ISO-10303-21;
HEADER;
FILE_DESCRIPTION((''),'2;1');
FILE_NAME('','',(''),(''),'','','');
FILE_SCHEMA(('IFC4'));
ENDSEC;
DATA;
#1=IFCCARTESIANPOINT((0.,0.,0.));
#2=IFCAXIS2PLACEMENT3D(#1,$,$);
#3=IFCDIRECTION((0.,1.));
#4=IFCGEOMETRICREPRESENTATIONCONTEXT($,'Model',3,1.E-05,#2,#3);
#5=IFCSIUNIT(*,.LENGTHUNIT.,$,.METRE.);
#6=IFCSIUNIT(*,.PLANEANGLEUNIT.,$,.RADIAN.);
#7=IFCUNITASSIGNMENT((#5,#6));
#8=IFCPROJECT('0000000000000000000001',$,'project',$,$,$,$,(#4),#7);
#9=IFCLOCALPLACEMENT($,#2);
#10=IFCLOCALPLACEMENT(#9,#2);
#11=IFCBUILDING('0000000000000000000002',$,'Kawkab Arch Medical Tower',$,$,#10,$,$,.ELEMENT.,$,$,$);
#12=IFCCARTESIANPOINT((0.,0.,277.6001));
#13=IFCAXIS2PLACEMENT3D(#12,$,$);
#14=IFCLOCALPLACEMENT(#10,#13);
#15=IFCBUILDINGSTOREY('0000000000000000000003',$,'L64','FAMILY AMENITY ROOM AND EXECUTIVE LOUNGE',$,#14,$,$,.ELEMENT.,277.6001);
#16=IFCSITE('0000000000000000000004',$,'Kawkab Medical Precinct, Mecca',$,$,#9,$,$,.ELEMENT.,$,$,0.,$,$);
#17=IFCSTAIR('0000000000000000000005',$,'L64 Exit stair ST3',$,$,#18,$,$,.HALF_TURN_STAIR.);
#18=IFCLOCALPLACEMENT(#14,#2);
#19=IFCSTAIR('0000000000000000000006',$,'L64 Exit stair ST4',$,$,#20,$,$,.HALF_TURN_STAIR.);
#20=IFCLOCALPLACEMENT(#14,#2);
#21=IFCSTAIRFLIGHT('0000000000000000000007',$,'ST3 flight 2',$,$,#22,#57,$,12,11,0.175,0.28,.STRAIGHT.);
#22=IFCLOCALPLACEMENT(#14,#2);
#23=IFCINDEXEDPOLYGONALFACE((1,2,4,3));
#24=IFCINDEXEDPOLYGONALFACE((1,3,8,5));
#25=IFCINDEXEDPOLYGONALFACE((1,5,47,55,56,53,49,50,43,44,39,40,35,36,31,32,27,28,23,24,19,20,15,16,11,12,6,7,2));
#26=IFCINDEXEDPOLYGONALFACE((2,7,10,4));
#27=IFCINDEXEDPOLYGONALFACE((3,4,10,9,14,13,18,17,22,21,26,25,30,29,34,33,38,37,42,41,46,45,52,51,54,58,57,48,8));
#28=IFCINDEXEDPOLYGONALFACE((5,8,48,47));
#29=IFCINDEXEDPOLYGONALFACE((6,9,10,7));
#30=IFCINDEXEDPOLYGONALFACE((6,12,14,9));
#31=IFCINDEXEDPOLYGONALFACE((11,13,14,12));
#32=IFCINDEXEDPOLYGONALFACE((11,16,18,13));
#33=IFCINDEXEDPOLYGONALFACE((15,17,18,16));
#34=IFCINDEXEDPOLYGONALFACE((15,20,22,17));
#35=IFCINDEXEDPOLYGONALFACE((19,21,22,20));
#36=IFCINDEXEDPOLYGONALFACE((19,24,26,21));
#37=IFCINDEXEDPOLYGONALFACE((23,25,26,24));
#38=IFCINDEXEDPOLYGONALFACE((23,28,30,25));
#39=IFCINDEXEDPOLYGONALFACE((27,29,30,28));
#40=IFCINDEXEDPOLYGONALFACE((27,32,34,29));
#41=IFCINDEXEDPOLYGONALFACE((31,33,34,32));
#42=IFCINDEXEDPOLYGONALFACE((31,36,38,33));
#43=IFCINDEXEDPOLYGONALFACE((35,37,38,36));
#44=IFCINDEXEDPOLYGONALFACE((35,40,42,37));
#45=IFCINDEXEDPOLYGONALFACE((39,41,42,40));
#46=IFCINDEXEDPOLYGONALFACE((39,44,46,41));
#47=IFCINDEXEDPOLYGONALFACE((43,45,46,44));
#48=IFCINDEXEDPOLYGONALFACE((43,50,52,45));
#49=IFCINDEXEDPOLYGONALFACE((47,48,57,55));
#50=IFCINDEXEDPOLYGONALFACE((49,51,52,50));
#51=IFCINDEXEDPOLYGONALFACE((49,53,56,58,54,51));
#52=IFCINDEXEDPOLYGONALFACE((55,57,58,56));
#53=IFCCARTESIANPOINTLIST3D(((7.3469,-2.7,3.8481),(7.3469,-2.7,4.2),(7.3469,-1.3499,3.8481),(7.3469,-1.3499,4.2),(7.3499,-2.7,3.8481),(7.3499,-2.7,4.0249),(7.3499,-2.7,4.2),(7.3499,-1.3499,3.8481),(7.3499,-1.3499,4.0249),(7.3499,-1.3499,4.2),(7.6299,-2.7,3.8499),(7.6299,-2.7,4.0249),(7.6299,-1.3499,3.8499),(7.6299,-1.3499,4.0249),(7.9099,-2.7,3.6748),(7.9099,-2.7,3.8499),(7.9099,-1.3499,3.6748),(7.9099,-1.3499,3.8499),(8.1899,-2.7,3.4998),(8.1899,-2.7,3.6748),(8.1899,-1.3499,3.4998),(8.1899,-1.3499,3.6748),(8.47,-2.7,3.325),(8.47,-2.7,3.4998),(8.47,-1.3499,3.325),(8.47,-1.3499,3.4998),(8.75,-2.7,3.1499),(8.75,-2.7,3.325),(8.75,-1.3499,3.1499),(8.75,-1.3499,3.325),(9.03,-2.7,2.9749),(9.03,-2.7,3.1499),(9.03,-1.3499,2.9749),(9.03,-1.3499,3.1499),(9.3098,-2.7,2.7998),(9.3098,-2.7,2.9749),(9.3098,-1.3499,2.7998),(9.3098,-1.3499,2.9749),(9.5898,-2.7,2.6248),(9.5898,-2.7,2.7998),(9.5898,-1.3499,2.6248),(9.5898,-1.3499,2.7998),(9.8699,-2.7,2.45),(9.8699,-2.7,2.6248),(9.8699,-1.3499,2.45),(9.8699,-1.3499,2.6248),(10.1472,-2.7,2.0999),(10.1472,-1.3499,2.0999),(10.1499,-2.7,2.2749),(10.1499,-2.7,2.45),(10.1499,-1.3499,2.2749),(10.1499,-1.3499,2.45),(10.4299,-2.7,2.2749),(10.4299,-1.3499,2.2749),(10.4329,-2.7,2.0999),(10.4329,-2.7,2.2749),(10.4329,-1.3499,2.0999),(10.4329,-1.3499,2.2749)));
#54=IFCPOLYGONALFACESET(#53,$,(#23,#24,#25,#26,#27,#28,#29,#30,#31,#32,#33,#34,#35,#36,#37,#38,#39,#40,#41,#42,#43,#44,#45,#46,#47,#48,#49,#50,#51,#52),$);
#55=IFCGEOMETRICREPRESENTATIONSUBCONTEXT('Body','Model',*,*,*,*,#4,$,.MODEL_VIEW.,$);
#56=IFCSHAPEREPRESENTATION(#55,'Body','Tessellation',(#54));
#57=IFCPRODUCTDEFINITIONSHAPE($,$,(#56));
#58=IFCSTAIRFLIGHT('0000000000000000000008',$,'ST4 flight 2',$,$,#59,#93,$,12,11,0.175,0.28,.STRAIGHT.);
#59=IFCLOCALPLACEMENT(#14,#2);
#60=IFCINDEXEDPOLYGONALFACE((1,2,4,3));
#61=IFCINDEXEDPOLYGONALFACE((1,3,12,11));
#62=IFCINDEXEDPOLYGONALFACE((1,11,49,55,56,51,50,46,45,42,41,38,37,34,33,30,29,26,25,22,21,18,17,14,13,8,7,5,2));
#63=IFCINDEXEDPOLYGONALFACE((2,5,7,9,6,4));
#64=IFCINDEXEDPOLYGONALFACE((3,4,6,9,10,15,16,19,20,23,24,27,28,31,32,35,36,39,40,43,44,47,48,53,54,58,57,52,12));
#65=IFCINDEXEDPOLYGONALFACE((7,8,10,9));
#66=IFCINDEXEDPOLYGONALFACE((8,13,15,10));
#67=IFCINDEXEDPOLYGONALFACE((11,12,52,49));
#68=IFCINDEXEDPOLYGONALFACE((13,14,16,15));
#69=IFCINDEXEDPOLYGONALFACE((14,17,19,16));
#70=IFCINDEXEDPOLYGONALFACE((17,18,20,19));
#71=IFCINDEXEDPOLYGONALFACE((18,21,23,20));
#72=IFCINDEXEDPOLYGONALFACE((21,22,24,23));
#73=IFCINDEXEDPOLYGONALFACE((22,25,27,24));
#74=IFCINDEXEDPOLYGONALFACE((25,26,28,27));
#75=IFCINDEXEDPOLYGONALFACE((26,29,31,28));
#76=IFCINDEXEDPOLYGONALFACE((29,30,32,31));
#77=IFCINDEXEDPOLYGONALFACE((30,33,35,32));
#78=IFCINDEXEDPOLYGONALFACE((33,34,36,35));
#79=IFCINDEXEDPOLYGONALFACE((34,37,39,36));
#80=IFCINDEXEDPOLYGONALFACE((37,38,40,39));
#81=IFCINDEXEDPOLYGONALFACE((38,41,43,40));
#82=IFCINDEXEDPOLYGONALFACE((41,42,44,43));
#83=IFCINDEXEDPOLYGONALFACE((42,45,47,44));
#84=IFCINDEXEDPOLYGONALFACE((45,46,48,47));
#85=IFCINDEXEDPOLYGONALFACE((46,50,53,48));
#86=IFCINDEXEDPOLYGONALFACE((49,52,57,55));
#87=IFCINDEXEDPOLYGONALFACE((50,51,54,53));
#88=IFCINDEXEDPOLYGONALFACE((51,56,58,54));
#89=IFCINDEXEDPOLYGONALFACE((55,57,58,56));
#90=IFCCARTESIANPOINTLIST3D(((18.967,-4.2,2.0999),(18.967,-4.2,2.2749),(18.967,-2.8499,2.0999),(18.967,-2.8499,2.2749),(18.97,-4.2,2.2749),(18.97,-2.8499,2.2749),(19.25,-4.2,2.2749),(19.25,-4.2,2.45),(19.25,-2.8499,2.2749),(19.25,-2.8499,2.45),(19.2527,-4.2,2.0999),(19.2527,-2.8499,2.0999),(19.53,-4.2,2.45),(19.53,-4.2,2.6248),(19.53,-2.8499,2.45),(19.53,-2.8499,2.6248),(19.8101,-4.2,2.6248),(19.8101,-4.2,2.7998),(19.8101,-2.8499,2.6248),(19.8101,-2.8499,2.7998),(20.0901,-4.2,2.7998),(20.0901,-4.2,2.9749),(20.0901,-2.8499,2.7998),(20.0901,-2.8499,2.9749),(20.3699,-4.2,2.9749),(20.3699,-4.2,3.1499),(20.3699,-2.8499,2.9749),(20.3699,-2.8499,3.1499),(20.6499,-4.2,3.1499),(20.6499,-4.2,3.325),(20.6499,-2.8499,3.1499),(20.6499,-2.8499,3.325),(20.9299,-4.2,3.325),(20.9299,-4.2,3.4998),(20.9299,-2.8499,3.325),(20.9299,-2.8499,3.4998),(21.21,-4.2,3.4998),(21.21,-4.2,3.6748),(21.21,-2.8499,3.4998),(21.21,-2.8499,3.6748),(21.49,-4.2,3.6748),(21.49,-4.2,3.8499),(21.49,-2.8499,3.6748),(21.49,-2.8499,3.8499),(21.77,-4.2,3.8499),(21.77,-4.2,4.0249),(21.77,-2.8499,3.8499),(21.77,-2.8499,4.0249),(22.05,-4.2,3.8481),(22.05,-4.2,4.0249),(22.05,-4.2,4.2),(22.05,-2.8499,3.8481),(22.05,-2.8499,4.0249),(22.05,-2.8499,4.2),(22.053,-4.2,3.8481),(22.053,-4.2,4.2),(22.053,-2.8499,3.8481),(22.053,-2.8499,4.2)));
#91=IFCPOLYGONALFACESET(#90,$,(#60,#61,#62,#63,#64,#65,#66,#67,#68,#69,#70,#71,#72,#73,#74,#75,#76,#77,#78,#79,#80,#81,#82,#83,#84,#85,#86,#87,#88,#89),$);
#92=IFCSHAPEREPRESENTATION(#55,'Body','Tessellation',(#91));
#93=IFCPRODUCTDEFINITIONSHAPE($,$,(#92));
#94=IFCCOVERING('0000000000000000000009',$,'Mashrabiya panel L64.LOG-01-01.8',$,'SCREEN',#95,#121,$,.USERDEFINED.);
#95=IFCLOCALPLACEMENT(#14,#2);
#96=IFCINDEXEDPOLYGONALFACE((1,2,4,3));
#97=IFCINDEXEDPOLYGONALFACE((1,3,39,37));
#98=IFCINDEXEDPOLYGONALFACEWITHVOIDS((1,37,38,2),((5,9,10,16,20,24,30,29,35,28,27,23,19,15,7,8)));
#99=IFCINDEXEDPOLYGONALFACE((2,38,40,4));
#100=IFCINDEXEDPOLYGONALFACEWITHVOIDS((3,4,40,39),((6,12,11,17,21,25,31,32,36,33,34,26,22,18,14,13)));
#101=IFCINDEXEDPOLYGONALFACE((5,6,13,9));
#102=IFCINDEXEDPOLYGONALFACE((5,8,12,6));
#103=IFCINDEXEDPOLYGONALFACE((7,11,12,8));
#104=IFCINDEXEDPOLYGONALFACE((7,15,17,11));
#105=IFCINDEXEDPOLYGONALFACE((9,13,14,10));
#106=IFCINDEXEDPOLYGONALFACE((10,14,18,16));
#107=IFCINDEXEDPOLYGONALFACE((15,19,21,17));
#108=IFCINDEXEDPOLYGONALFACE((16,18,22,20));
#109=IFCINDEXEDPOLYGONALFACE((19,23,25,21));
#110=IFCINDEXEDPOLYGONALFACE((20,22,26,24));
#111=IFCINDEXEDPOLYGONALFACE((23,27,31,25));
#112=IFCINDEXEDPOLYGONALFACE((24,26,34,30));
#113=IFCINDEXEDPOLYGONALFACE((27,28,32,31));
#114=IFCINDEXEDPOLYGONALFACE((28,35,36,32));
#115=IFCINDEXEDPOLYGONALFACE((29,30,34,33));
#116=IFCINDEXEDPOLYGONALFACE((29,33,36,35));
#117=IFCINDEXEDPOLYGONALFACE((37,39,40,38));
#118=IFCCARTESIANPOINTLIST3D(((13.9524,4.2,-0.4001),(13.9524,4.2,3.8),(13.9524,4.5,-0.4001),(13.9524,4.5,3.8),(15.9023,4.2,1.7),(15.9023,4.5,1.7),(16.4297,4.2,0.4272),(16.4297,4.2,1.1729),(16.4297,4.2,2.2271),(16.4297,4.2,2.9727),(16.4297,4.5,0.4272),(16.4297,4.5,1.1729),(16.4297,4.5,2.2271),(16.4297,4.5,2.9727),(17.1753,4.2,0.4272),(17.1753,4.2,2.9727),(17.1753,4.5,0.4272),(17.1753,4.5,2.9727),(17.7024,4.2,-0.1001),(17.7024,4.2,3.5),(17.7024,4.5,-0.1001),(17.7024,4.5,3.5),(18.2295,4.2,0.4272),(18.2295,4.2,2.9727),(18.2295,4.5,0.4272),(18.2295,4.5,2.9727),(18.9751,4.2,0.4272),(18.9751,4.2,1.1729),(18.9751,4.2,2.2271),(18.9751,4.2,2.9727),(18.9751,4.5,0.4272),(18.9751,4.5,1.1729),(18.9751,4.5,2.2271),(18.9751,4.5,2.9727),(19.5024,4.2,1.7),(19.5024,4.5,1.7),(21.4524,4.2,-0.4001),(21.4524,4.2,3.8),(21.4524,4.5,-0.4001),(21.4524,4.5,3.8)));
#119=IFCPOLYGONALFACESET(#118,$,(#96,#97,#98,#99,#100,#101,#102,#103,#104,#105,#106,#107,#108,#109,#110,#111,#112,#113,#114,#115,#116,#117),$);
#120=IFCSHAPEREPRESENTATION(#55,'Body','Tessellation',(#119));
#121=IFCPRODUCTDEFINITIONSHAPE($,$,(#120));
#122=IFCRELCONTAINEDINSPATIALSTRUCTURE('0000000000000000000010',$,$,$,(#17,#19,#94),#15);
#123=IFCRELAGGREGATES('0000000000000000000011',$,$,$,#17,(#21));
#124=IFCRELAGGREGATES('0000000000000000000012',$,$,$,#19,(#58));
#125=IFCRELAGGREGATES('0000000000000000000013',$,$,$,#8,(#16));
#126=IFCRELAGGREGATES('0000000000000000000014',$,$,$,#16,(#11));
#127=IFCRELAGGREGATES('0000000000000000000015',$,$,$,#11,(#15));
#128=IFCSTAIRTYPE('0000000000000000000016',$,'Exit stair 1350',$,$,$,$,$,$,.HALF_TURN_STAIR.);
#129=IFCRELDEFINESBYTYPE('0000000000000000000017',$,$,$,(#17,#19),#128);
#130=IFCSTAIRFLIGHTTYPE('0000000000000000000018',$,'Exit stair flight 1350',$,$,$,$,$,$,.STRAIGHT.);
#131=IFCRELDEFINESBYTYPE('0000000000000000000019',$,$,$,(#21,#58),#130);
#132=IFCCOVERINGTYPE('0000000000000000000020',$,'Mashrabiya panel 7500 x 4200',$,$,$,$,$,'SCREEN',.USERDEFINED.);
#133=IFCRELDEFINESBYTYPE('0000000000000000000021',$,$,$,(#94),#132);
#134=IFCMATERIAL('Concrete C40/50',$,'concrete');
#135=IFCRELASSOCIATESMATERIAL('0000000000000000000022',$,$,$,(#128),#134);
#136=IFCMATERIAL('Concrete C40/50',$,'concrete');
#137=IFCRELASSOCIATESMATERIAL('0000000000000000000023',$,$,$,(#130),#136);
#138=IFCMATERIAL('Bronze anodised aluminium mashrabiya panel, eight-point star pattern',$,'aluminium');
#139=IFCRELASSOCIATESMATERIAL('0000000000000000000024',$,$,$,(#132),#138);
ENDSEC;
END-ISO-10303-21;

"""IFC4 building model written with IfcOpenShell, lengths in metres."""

from ifc_helpers import new_model, si_unit, direction, frame, origin, place, context, subcontext, project, spatial, polyline, outline, extrude, material, material_profile, profile_set, type_object, element, aggregate, save


model = new_model("IFC4")

# Units and contexts
model_context = context("Model", 3, precision=1e-05, world=origin(), true_north=direction((0.0, 1.0)))
body_context = subcontext(model_context, "Body", "Model", "MODEL_VIEW")
ifc_project = project(units=[si_unit("LENGTHUNIT", "METRE"), si_unit("PLANEANGLEUNIT", "RADIAN")], contexts=[model_context])

# Site, building, storey
site_placement = place(None, origin())
site = spatial("IfcSite", under=ifc_project, at=site_placement, Name="Kawkab Medical Precinct, Mecca", CompositionType="ELEMENT", RefElevation=0.0)
building_placement = place(site_placement, origin())
building = spatial("IfcBuilding", under=site, at=building_placement, Name="Kawkab Arch Medical Tower", CompositionType="ELEMENT")
storey_placement = place(building_placement, frame((0.0, 0.0, 277.6001)))
storey = spatial("IfcBuildingStorey", under=building, at=storey_placement, Name="L64", Description="FAMILY AMENITY ROOM AND EXECUTIVE LOUNGE", CompositionType="ELEMENT", Elevation=277.6001)

# Shared definitions
placement_1 = place(storey_placement, origin())

# Stairs
ifc_material_1 = material(Name="Concrete C40/50", Category="concrete")
stair_type = type_object("IfcStairType", Name="Exit stair 1350", PredefinedType="HALF_TURN_STAIR", material=ifc_material_1)
stair_1 = element("IfcStair", 1, at=placement_1, inside=storey, type_object=stair_type, Name="L64 Exit stair ST3", PredefinedType="HALF_TURN_STAIR")
stair_2 = element("IfcStair", 2, at=placement_1, inside=storey, type_object=stair_type, Name="L64 Exit stair ST4", PredefinedType="HALF_TURN_STAIR")

# Stair flights
ifc_material_2 = material(Name="Concrete C40/50", Category="concrete")
stair_flight_type = type_object("IfcStairFlightType", Name="Exit stair flight 1350", PredefinedType="STRAIGHT", material=ifc_material_2)
stair_flight_1_placement = place(storey_placement, frame((10.4299, -2.0249, 2.0999), z_axis=(0.0, 0.0, 1.0), x_axis=(-1.0, 0.0, 0.0)))
stair_flight_1 = element("IfcStairFlight", 3, at=stair_flight_1_placement, type_object=stair_flight_type, Name="ST3 flight 2", NumberOfRisers=12, NumberOfTreads=11, PredefinedType="STRAIGHT", RiserHeight=0.175, TreadLength=0.28, context=body_context, shape_type="SweptSolid", body=[
    extrude(outline(polyline([(-0.0029, 0.0), (-0.0029, 0.175), (0.0, 0.175), (0.28, 0.175), (0.28, 0.3501), (0.5601, 0.3501), (0.5601, 0.5249), (0.8401, 0.5249), (0.8401, 0.7), (1.1201, 0.7), (1.1201, 0.875), (1.3999, 0.875), (1.3999, 1.05), (1.6799, 1.05), (1.6799, 1.2251), (1.96, 1.2251), (1.96, 1.3999), (2.24, 1.3999), (2.24, 1.575), (2.52, 1.575), (2.52, 1.75), (2.8, 1.75), (2.8, 1.925), (3.0801, 1.925), (3.0801, 2.1001), (3.083, 2.1001), (3.083, 1.7483), (3.0801, 1.7483), (0.2827, 0.0), (-0.0029, 0.0)])), frame((0.0, 0.675, 0.0), z_axis=(0.0, -1.0, 0.0), x_axis=(1.0, 0.0, 0.0)), (0.0, 0.0, 1.0), 1.3501),
])
aggregate(stair_1, [stair_flight_1])
stair_flight_2_placement = place(storey_placement, frame((18.97, -3.5249, 2.0999), z_axis=(0.0, 0.0, 1.0), x_axis=(1.0, 0.0, 0.0)))
stair_flight_2 = element("IfcStairFlight", 4, at=stair_flight_2_placement, type_object=stair_flight_type, Name="ST4 flight 2", NumberOfRisers=12, NumberOfTreads=11, PredefinedType="STRAIGHT", RiserHeight=0.175, TreadLength=0.28, context=body_context, shape_type="SweptSolid", body=[
    extrude(outline(polyline([(-0.0029, 0.0), (-0.0029, 0.175), (0.0, 0.175), (0.28, 0.175), (0.28, 0.3501), (0.5601, 0.3501), (0.5601, 0.5249), (0.8401, 0.5249), (0.8401, 0.7), (1.1201, 0.7), (1.1201, 0.875), (1.3999, 0.875), (1.3999, 1.05), (1.6799, 1.05), (1.6799, 1.2251), (1.96, 1.2251), (1.96, 1.3999), (2.24, 1.3999), (2.24, 1.575), (2.52, 1.575), (2.52, 1.75), (2.8, 1.75), (2.8, 1.925), (3.0801, 1.925), (3.0801, 2.1001), (3.083, 2.1001), (3.083, 1.7483), (3.0801, 1.7483), (0.2827, 0.0), (-0.0029, 0.0)])), frame((0.0, 0.675, 0.0), z_axis=(0.0, -1.0, 0.0), x_axis=(1.0, 0.0, 0.0)), (0.0, 0.0, 1.0), 1.3501),
])
aggregate(stair_2, [stair_flight_2])

# Covering
ifc_material_3 = material(Name="Bronze anodised aluminium mashrabiya panel, eight-point star pattern", Category="aluminium")
ifc_material_profile_1 = material_profile(ifc_material_3, outline(polyline([(-3.75, -2.1001), (3.75, -2.1001), (3.75, 2.1001), (-3.75, 2.1001), (-3.75, -2.1001)]), holes=[polyline([(1.8, 0.0), (1.2727, 0.5271), (1.2727, 1.2727), (0.5271, 1.2727), (0.0, 1.8), (-0.5271, 1.2727), (-1.2727, 1.2727), (-1.2727, 0.5271), (-1.8, 0.0), (-1.2727, -0.5271), (-1.2727, -1.2727), (-0.5271, -1.2727), (0.0, -1.8), (0.5271, -1.2727), (1.2727, -1.2727), (1.2727, -0.5271), (1.8, 0.0)])]), Name="Mashrabiya panel 7500x4200")
ifc_profile_set_1 = profile_set([ifc_material_profile_1], Name="Bronze anodised aluminium mashrabiya panel, eight-point star pattern")
covering_type = type_object("IfcCoveringType", Name="Mashrabiya panel 7500 x 4200", ElementType="SCREEN", PredefinedType="USERDEFINED", material=ifc_profile_set_1)
covering_placement = place(storey_placement, frame((17.7024, 4.2, 1.7), z_axis=(0.0, 1.0, 0.0), x_axis=(-1.0, 0.0, 0.0)))
element("IfcCovering", 5, at=covering_placement, inside=storey, type_object=covering_type, Name="Mashrabiya panel L64.LOG-01-01.8", ObjectType="SCREEN", PredefinedType="USERDEFINED", context=body_context, shape_type="SweptSolid", body=[
    extrude(outline(polyline([(-3.75, -2.1001), (3.75, -2.1001), (3.75, 2.1001), (-3.75, 2.1001), (-3.75, -2.1001)]), holes=[polyline([(1.8, 0.0), (1.2727, 0.5271), (1.2727, 1.2727), (0.5271, 1.2727), (0.0, 1.8), (-0.5271, 1.2727), (-1.2727, 1.2727), (-1.2727, 0.5271), (-1.8, 0.0), (-1.2727, -0.5271), (-1.2727, -1.2727), (-0.5271, -1.2727), (0.0, -1.8), (0.5271, -1.2727), (1.2727, -1.2727), (1.2727, -0.5271), (1.8, 0.0)])]), origin(), (0.0, 0.0, 1.0), 0.3),
])

save(model, "model.ifc")
